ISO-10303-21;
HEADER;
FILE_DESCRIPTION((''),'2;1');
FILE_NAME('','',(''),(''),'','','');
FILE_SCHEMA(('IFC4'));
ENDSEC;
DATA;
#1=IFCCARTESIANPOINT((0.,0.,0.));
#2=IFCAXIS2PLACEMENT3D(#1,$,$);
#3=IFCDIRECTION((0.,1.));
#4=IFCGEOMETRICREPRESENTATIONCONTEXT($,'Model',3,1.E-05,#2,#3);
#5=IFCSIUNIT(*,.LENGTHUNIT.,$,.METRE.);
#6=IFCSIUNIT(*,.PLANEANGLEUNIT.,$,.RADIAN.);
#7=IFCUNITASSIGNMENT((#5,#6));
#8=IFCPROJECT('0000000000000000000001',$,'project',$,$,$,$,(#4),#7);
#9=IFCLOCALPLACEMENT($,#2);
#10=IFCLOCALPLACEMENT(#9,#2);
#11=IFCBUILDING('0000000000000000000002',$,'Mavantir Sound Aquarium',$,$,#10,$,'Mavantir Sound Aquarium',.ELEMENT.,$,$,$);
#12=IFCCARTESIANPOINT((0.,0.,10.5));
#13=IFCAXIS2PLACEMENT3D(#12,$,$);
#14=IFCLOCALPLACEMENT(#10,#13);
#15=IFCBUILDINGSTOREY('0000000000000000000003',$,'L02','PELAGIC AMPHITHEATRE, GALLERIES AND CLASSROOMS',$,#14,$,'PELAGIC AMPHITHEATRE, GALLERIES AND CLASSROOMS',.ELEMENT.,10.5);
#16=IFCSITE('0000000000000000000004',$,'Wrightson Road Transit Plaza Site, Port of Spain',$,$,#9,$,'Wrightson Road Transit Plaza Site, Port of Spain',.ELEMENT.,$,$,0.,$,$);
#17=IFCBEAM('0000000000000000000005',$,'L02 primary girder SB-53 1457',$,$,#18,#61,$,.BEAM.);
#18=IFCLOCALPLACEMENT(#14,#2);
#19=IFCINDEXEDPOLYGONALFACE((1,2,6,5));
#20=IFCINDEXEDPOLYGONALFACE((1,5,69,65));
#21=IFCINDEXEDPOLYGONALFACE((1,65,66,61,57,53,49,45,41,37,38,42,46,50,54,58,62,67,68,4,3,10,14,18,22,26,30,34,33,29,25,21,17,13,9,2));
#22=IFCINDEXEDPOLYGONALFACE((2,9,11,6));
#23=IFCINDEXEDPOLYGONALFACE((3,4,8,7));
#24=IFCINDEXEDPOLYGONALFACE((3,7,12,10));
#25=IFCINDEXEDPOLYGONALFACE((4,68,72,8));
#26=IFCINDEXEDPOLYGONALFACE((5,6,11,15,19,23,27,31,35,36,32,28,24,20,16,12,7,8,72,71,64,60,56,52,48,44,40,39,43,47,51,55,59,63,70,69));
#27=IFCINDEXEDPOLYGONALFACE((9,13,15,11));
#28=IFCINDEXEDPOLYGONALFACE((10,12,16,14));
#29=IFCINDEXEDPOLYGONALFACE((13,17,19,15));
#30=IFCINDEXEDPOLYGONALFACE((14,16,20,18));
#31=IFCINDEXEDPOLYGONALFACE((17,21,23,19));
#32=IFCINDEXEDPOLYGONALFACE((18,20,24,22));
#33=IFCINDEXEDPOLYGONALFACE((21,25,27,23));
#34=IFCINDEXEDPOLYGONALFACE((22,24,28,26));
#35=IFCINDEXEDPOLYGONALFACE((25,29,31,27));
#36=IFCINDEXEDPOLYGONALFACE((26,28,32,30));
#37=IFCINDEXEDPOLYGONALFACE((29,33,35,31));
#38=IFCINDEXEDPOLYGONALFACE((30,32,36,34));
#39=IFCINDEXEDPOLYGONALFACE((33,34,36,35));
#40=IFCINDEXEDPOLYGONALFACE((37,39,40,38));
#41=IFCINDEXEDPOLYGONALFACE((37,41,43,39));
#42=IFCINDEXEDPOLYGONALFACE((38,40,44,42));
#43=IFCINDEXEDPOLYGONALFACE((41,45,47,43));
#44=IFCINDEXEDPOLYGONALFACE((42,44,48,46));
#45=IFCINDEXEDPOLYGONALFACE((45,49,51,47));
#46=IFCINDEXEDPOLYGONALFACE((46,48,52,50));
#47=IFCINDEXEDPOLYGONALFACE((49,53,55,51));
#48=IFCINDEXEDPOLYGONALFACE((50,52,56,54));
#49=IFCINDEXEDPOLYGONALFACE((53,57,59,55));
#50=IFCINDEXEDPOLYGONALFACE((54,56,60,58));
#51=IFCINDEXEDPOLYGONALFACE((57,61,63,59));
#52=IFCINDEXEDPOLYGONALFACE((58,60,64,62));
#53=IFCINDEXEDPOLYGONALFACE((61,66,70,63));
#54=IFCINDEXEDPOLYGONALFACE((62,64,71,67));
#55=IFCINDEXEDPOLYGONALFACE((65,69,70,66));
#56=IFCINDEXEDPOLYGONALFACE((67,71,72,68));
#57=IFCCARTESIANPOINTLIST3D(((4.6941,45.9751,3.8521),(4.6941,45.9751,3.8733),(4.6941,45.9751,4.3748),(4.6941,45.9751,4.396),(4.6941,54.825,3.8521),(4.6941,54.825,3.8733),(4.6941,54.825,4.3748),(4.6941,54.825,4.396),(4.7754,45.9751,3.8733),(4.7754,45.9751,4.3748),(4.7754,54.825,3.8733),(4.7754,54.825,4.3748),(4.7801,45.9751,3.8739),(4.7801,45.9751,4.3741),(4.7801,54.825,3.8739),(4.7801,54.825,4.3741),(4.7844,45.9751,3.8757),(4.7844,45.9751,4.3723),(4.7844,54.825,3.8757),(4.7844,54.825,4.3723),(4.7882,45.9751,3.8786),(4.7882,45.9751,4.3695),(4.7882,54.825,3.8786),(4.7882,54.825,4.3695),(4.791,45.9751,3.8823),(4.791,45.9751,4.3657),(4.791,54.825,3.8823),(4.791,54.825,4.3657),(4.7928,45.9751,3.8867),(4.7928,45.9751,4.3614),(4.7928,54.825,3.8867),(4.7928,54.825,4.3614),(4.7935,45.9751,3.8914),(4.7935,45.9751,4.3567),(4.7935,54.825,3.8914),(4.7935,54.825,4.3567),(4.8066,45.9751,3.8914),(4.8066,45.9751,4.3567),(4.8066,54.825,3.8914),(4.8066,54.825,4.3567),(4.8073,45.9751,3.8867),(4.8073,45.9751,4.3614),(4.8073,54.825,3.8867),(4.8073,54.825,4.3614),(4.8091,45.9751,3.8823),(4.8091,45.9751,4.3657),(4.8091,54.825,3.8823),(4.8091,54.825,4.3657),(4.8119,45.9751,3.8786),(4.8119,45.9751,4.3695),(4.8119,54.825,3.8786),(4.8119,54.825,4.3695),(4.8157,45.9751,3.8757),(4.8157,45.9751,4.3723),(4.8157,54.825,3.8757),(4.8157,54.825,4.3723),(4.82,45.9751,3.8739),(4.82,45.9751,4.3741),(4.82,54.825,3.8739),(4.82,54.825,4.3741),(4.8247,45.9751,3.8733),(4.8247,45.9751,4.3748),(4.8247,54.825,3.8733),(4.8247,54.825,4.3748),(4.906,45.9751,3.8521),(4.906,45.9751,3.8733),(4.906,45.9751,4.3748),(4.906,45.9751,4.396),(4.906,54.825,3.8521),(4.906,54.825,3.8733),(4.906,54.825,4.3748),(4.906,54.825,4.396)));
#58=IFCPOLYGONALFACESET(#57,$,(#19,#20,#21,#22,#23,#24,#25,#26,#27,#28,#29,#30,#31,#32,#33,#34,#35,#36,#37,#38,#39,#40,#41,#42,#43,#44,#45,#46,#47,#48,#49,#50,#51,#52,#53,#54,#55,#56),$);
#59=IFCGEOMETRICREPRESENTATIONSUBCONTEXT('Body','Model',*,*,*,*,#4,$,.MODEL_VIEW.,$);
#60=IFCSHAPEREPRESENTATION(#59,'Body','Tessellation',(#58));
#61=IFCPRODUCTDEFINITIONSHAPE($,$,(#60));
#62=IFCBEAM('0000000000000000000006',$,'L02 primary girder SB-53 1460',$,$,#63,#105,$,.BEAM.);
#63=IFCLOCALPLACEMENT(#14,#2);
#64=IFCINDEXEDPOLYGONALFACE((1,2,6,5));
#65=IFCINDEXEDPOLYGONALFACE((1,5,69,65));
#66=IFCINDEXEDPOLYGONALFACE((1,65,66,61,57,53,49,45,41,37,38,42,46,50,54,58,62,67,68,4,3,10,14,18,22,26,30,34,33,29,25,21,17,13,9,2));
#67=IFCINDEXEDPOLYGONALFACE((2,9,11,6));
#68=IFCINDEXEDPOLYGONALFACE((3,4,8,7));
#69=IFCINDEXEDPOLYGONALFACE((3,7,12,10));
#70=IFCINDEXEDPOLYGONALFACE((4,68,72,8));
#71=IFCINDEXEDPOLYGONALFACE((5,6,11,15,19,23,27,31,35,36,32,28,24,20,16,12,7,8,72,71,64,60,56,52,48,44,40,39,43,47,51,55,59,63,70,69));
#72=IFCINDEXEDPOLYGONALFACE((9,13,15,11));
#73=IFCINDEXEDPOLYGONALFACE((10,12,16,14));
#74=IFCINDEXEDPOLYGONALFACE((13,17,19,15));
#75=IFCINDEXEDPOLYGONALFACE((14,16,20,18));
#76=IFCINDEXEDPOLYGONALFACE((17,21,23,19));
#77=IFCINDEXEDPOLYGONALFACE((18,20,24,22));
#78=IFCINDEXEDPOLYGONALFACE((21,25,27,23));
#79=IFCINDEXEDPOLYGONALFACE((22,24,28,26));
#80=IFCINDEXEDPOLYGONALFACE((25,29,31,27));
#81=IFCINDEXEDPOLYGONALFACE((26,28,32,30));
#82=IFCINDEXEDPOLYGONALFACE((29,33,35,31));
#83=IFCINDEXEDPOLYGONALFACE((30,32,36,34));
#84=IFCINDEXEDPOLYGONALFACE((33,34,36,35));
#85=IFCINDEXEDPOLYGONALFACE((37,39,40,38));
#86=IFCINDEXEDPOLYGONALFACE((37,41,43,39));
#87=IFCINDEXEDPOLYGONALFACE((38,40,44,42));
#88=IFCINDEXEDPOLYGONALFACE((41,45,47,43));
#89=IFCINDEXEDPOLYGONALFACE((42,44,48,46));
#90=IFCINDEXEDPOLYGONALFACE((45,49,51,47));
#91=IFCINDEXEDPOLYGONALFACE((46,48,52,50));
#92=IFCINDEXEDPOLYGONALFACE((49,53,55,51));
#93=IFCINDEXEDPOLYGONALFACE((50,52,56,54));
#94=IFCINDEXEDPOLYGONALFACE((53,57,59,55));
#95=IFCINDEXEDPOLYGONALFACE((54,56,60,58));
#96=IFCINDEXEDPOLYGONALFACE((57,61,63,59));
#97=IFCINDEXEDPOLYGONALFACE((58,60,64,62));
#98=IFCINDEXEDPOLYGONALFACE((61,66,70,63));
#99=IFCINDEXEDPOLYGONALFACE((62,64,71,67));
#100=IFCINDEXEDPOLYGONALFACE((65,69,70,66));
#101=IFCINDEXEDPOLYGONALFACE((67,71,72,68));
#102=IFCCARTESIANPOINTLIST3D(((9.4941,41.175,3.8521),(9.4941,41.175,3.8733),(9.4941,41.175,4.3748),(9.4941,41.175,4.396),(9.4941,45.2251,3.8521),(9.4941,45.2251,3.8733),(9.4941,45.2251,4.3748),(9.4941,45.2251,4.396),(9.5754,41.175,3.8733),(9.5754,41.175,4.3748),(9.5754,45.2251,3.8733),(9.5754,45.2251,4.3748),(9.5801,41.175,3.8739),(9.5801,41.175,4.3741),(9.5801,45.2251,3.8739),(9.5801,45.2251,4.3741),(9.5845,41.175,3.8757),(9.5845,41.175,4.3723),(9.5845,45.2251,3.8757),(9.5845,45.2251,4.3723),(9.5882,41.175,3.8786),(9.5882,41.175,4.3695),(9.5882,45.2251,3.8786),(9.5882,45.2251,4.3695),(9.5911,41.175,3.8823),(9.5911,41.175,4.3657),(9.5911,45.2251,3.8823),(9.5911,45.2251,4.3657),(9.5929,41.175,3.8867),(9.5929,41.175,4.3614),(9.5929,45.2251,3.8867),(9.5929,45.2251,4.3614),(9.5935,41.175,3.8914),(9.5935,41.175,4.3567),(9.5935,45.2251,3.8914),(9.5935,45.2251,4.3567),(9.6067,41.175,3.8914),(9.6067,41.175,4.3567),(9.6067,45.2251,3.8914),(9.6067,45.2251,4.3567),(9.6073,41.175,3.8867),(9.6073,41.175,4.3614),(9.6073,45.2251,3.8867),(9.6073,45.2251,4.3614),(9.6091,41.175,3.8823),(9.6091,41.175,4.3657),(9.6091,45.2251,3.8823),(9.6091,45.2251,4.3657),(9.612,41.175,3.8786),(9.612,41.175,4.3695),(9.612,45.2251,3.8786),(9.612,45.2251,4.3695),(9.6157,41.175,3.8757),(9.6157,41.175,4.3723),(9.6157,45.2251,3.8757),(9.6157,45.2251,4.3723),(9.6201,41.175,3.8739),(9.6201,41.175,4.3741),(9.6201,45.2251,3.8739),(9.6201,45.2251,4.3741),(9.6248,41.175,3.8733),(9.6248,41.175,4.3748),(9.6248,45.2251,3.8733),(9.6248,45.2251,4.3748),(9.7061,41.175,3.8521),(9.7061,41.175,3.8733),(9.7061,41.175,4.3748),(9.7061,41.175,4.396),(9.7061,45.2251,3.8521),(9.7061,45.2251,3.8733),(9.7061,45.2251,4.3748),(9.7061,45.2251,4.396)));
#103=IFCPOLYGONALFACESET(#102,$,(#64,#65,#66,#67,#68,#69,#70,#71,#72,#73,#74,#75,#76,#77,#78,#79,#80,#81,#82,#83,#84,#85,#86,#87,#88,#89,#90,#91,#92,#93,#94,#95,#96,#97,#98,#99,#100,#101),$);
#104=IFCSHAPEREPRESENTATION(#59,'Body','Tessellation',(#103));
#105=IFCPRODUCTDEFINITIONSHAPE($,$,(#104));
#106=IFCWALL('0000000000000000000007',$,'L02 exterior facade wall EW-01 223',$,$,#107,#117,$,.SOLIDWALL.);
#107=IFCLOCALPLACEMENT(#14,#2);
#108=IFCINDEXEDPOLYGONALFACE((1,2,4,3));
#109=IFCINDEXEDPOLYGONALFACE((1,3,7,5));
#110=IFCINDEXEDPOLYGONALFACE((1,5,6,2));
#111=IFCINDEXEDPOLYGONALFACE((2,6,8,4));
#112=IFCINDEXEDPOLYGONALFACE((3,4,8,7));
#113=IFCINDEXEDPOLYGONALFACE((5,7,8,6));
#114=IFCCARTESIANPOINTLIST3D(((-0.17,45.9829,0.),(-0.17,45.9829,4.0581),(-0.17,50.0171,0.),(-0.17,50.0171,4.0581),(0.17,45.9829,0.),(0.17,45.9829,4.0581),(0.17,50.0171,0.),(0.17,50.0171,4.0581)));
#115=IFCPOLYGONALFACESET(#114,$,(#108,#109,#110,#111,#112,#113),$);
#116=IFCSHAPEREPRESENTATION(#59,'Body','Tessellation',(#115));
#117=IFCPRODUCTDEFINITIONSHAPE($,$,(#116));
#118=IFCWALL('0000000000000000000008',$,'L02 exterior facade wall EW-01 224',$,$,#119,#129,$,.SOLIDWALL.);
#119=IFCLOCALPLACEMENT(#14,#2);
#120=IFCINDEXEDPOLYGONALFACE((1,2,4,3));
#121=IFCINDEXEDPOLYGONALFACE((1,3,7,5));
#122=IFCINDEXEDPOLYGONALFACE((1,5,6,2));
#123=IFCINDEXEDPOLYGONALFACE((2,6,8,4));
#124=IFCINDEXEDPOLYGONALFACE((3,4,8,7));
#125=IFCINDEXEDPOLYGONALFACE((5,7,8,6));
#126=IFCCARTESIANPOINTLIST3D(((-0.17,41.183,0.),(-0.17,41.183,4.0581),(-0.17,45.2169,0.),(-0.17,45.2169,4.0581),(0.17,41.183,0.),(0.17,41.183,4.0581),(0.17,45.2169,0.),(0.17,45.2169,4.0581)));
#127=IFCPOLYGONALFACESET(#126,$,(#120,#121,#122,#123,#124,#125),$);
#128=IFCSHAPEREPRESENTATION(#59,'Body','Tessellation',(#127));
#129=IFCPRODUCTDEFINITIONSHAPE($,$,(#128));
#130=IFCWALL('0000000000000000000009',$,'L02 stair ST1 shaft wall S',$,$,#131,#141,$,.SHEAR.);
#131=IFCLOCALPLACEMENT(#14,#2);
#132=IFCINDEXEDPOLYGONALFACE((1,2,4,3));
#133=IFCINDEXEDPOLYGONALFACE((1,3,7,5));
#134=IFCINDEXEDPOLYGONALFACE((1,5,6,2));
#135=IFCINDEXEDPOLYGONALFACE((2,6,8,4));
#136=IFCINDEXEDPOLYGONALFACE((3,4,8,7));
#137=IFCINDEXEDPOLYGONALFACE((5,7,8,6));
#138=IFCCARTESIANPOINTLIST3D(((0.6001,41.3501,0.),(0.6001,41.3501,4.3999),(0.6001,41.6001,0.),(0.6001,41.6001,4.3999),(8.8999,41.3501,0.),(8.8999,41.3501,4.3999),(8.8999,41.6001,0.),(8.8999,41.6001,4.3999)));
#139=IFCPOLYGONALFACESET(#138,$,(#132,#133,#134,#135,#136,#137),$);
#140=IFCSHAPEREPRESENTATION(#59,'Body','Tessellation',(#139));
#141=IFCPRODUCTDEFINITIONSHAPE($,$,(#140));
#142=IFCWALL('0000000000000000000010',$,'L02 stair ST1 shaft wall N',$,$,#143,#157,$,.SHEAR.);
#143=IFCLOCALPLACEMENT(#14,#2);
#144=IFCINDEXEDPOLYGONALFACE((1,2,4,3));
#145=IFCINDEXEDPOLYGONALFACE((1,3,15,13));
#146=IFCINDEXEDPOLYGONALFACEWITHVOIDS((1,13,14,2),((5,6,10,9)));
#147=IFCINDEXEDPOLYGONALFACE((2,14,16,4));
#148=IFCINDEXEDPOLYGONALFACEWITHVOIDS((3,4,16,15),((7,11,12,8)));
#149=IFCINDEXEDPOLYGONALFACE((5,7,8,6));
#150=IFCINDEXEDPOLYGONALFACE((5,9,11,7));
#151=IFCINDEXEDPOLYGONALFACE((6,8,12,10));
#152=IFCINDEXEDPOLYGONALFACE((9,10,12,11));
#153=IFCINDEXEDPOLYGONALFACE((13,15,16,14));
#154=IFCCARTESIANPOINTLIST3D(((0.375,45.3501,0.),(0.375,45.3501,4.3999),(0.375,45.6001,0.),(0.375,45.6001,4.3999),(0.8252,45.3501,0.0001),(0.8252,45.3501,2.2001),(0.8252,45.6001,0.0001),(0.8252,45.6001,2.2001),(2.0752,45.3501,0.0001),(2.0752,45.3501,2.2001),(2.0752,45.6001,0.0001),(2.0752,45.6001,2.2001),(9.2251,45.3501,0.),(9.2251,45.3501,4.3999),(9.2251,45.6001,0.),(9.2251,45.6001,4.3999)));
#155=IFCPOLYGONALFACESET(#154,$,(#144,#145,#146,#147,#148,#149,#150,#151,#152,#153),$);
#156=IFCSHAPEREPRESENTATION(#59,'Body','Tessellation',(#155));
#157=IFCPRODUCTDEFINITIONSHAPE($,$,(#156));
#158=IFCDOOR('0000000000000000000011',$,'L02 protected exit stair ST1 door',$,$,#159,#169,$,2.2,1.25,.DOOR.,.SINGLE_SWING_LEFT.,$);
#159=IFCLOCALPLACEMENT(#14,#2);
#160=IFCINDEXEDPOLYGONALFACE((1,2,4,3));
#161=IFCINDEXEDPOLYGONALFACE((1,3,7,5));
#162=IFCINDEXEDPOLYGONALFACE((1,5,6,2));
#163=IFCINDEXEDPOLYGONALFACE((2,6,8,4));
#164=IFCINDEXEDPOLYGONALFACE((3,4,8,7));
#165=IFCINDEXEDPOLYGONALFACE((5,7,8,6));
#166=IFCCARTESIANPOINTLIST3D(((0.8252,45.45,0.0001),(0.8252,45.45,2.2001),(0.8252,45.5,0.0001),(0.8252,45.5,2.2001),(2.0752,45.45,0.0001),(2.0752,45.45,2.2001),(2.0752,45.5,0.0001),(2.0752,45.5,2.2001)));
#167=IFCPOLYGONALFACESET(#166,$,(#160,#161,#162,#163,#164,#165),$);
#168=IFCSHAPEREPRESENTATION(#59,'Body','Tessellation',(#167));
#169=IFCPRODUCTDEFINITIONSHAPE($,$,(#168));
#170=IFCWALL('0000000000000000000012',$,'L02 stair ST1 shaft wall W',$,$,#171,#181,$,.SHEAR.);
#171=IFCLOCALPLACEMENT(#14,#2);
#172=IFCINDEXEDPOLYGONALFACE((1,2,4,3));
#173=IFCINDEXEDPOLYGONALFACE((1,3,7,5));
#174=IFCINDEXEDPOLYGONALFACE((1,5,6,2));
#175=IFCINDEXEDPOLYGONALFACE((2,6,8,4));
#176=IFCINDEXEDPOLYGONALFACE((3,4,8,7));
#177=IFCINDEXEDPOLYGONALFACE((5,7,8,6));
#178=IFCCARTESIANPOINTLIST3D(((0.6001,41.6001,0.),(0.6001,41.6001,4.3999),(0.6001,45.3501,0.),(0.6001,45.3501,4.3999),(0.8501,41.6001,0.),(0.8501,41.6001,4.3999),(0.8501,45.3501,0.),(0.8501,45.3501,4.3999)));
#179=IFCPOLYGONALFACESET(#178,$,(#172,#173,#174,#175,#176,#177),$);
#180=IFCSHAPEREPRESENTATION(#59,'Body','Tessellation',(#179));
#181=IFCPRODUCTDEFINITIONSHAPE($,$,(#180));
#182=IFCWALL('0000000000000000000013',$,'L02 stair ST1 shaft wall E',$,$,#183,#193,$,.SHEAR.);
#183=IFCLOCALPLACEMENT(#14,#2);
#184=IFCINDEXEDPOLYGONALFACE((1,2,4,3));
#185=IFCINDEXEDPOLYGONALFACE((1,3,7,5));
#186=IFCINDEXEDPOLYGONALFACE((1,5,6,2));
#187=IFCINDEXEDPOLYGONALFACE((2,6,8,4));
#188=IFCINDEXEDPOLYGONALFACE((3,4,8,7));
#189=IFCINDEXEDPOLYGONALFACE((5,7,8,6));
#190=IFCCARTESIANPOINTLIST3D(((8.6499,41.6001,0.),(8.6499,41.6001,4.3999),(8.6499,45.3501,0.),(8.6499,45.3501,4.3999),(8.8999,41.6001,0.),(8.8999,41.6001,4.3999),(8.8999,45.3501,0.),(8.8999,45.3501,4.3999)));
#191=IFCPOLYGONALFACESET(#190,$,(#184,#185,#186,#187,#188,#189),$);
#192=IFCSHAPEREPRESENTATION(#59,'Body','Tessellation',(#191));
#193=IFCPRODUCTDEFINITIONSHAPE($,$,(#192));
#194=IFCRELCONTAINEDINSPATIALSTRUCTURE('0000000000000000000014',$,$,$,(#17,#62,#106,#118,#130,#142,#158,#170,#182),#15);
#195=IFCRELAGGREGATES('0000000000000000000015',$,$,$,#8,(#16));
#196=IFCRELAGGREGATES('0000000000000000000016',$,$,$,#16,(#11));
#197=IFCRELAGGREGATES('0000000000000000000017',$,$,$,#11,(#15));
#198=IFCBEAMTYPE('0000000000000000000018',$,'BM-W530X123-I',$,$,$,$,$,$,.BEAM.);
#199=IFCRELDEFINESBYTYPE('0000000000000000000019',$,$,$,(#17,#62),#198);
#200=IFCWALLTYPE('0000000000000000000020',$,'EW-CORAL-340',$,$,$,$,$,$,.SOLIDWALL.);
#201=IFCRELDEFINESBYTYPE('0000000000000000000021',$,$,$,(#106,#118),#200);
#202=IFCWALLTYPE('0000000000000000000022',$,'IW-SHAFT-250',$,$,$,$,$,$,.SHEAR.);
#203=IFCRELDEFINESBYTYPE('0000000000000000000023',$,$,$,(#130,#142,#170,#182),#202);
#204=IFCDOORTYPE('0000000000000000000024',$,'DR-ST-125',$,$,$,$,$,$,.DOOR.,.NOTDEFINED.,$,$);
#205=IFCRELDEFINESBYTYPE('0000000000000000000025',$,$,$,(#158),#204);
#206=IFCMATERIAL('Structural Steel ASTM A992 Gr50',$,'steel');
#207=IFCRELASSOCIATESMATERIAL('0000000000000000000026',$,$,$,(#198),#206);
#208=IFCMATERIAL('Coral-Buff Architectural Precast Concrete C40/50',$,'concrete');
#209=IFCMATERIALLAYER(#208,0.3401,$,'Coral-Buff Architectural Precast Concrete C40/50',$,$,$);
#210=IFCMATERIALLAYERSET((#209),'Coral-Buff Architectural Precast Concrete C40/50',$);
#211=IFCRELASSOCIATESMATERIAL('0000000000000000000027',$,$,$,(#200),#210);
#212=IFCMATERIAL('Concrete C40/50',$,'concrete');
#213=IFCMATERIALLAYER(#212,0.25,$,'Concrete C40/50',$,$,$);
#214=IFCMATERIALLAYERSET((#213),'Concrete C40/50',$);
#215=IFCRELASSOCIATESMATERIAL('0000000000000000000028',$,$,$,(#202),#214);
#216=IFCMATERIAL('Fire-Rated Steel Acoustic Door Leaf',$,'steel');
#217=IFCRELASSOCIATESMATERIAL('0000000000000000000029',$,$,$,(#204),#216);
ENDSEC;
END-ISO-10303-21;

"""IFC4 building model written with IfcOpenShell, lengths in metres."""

from ifc_helpers import new_model, si_unit, direction, frame, frame_2d, origin, origin_2d, place, context, subcontext, project, spatial, rectangle, i_section, extrude, material, layer, layer_set, material_profile, profile_set, type_object, element, fill, save


model = new_model("IFC4")

# Units and contexts
model_context = context("Model", 3, precision=1e-05, world=origin(), true_north=direction((0.0, 1.0)))
body_context = subcontext(model_context, "Body", "Model", "MODEL_VIEW")
ifc_project = project(units=[si_unit("LENGTHUNIT", "METRE"), si_unit("PLANEANGLEUNIT", "RADIAN")], contexts=[model_context])

# Site, building, storey
site_placement = place(None, origin())
site = spatial("IfcSite", under=ifc_project, at=site_placement, Name="Wrightson Road Transit Plaza Site, Port of Spain", LongName="Wrightson Road Transit Plaza Site, Port of Spain", CompositionType="ELEMENT", RefElevation=0.0)
building_placement = place(site_placement, origin())
building = spatial("IfcBuilding", under=site, at=building_placement, Name="Mavantir Sound Aquarium", LongName="Mavantir Sound Aquarium", CompositionType="ELEMENT")
storey_placement = place(building_placement, frame((0.0, 0.0, 10.5)))
storey = spatial("IfcBuildingStorey", under=building, at=storey_placement, Name="L02", Description="PELAGIC AMPHITHEATRE, GALLERIES AND CLASSROOMS", LongName="PELAGIC AMPHITHEATRE, GALLERIES AND CLASSROOMS", CompositionType="ELEMENT", Elevation=10.5)

# Shared definitions
ifc_material_1 = material(Name="Concrete C40/50", Category="concrete")

# Beams
ifc_material_2 = material(Name="Structural Steel ASTM A992 Gr50", Category="steel")
ifc_material_profile_1 = material_profile(ifc_material_2, i_section(OverallWidth=0.2119, OverallDepth=0.5439, WebThickness=0.0132, FlangeThickness=0.0212, FilletRadius=0.0181, at=origin_2d()), Name="W530X123")
ifc_profile_set_1 = profile_set([ifc_material_profile_1], Name="Structural Steel ASTM A992 Gr50")
beam_type_1 = type_object("IfcBeamType", Name="BM-W530X123-I", PredefinedType="BEAM", material=ifc_profile_set_1)
beam_1_placement = place(storey_placement, frame((4.8, 45.9751, 4.124), z_axis=(0.0, 1.0, 0.0), x_axis=(-1.0, 0.0, 0.0)))
element("IfcBeam", 1, at=beam_1_placement, inside=storey, type_object=beam_type_1, Name="L02 primary girder SB-53 1457", PredefinedType="BEAM", context=body_context, shape_type="SweptSolid", body=[
    extrude(i_section(OverallWidth=0.2119, OverallDepth=0.5439, WebThickness=0.0132, FlangeThickness=0.0212, FilletRadius=0.0181, at=origin_2d()), origin(), (0.0, 0.0, 1.0), 8.8499),
])
beam_2_placement = place(storey_placement, frame((9.6001, 41.175, 4.124), z_axis=(0.0, 1.0, 0.0), x_axis=(-1.0, 0.0, 0.0)))
element("IfcBeam", 2, at=beam_2_placement, inside=storey, type_object=beam_type_1, Name="L02 primary girder SB-53 1460", PredefinedType="BEAM", context=body_context, shape_type="SweptSolid", body=[
    extrude(i_section(OverallWidth=0.2119, OverallDepth=0.5439, WebThickness=0.0132, FlangeThickness=0.0212, FilletRadius=0.0181, at=origin_2d()), origin(), (0.0, 0.0, 1.0), 4.05),
])

# Walls
ifc_material_3 = material(Name="Coral-Buff Architectural Precast Concrete C40/50", Category="concrete")
ifc_layer_1 = layer(ifc_material_3, 0.3401, Name="Coral-Buff Architectural Precast Concrete C40/50")
ifc_layer_set_1 = layer_set([ifc_layer_1], Name="Coral-Buff Architectural Precast Concrete C40/50")
wall_type_1 = type_object("IfcWallType", Name="EW-CORAL-340", PredefinedType="SOLIDWALL", material=ifc_layer_set_1)
wall_1_placement = place(storey_placement, frame((0.0, 50.0171, 0.0), z_axis=(0.0, 0.0, 1.0), x_axis=(0.0, -1.0, 0.0)))
element("IfcWall", 3, at=wall_1_placement, inside=storey, type_object=wall_type_1, Name="L02 exterior facade wall EW-01 223", PredefinedType="SOLIDWALL", context=body_context, shape_type="SweptSolid", body=[
    extrude(rectangle(XDim=4.0342, YDim=0.3401, at=frame_2d((2.0171, 0.0))), origin(), (0.0, 0.0, 1.0), 4.0581),
])
wall_2_placement = place(storey_placement, frame((0.0, 45.217, 0.0), z_axis=(0.0, 0.0, 1.0), x_axis=(0.0, -1.0, 0.0)))
element("IfcWall", 4, at=wall_2_placement, inside=storey, type_object=wall_type_1, Name="L02 exterior facade wall EW-01 224", PredefinedType="SOLIDWALL", context=body_context, shape_type="SweptSolid", body=[
    extrude(rectangle(XDim=4.0339, YDim=0.3401, at=frame_2d((2.0171, 0.0))), origin(), (0.0, 0.0, 1.0), 4.0581),
])
ifc_layer_2 = layer(ifc_material_1, 0.25, Name="Concrete C40/50")
ifc_layer_set_2 = layer_set([ifc_layer_2], Name="Concrete C40/50")
wall_type_2 = type_object("IfcWallType", Name="IW-SHAFT-250", PredefinedType="SHEAR", material=ifc_layer_set_2)
wall_3_placement = place(storey_placement, frame((0.6001, 41.4751, 0.0), z_axis=(0.0, 0.0, 1.0), x_axis=(1.0, 0.0, 0.0)))
element("IfcWall", 5, at=wall_3_placement, inside=storey, type_object=wall_type_2, Name="L02 stair ST1 shaft wall S", PredefinedType="SHEAR", context=body_context, shape_type="SweptSolid", body=[
    extrude(rectangle(XDim=8.2998, YDim=0.25, at=frame_2d((4.1499, 0.0))), origin(), (0.0, 0.0, 1.0), 4.3999),
])

# Wall, opening, door
wall_4_placement = place(storey_placement, frame((9.2251, 45.4751, 0.0), z_axis=(0.0, 0.0, 1.0), x_axis=(-1.0, 0.0, 0.0)))
wall_4 = element("IfcWall", 6, at=wall_4_placement, inside=storey, type_object=wall_type_2, Name="L02 stair ST1 shaft wall N", PredefinedType="SHEAR", context=body_context, shape_type="SweptSolid", body=[
    extrude(rectangle(XDim=8.8501, YDim=0.25, at=frame_2d((4.425, 0.0))), origin(), (0.0, 0.0, 1.0), 4.3999),
])
opening_placement = place(wall_4_placement, frame((8.3999, 0.0, 0.0), z_axis=(0.0, 0.0, 1.0), x_axis=(-1.0, 0.0, 0.0)))
opening = element("IfcOpeningElement", 7, at=opening_placement, cuts=wall_4, PredefinedType="OPENING", context=body_context, shape_type="SweptSolid", body=[
    extrude(rectangle(XDim=1.25, YDim=2.2, at=frame_2d((0.625, 1.1001))), frame((0.0, 0.135, 0.0), z_axis=(0.0, -1.0, 0.0), x_axis=(1.0, 0.0, 0.0)), (0.0, 0.0, 1.0), 0.27),
])
ifc_material_4 = material(Name="Fire-Rated Steel Acoustic Door Leaf", Category="steel")
door_type = type_object("IfcDoorType", Name="DR-ST-125", OperationType="NOTDEFINED", PredefinedType="DOOR", material=ifc_material_4)
door_placement = place(opening_placement, origin())
door = element("IfcDoor", 8, at=door_placement, inside=storey, type_object=door_type, Name="L02 protected exit stair ST1 door", OperationType="SINGLE_SWING_LEFT", OverallHeight=2.2, OverallWidth=1.25, PredefinedType="DOOR", context=body_context, shape_type="SweptSolid", body=[
    extrude(rectangle(XDim=1.25, YDim=2.2, at=frame_2d((0.625, 1.1001))), frame((0.0, 0.0249, 0.0), z_axis=(0.0, -1.0, 0.0), x_axis=(1.0, 0.0, 0.0)), (0.0, 0.0, 1.0), 0.05),
])
fill(opening, door)

# Walls
for number, where, z_axis, x_axis, name in (
    (9, (0.7251, 45.3501, 0.0), (0.0, 0.0, 1.0), (0.0, -1.0, 0.0), "L02 stair ST1 shaft wall W"),
    (10, (8.7749, 41.6001, 0.0), (0.0, 0.0, 1.0), (0.0, 1.0, 0.0), "L02 stair ST1 shaft wall E"),
):
    element("IfcWall", number, at=place(storey_placement, frame(where, z_axis=z_axis, x_axis=x_axis)), inside=storey, type_object=wall_type_2, Name=name, PredefinedType="SHEAR", context=body_context, shape_type="SweptSolid", body=[
        extrude(rectangle(XDim=3.75, YDim=0.25, at=frame_2d((1.875, 0.0))), origin(), (0.0, 0.0, 1.0), 4.3999),
    ])

save(model, "model.ifc")
